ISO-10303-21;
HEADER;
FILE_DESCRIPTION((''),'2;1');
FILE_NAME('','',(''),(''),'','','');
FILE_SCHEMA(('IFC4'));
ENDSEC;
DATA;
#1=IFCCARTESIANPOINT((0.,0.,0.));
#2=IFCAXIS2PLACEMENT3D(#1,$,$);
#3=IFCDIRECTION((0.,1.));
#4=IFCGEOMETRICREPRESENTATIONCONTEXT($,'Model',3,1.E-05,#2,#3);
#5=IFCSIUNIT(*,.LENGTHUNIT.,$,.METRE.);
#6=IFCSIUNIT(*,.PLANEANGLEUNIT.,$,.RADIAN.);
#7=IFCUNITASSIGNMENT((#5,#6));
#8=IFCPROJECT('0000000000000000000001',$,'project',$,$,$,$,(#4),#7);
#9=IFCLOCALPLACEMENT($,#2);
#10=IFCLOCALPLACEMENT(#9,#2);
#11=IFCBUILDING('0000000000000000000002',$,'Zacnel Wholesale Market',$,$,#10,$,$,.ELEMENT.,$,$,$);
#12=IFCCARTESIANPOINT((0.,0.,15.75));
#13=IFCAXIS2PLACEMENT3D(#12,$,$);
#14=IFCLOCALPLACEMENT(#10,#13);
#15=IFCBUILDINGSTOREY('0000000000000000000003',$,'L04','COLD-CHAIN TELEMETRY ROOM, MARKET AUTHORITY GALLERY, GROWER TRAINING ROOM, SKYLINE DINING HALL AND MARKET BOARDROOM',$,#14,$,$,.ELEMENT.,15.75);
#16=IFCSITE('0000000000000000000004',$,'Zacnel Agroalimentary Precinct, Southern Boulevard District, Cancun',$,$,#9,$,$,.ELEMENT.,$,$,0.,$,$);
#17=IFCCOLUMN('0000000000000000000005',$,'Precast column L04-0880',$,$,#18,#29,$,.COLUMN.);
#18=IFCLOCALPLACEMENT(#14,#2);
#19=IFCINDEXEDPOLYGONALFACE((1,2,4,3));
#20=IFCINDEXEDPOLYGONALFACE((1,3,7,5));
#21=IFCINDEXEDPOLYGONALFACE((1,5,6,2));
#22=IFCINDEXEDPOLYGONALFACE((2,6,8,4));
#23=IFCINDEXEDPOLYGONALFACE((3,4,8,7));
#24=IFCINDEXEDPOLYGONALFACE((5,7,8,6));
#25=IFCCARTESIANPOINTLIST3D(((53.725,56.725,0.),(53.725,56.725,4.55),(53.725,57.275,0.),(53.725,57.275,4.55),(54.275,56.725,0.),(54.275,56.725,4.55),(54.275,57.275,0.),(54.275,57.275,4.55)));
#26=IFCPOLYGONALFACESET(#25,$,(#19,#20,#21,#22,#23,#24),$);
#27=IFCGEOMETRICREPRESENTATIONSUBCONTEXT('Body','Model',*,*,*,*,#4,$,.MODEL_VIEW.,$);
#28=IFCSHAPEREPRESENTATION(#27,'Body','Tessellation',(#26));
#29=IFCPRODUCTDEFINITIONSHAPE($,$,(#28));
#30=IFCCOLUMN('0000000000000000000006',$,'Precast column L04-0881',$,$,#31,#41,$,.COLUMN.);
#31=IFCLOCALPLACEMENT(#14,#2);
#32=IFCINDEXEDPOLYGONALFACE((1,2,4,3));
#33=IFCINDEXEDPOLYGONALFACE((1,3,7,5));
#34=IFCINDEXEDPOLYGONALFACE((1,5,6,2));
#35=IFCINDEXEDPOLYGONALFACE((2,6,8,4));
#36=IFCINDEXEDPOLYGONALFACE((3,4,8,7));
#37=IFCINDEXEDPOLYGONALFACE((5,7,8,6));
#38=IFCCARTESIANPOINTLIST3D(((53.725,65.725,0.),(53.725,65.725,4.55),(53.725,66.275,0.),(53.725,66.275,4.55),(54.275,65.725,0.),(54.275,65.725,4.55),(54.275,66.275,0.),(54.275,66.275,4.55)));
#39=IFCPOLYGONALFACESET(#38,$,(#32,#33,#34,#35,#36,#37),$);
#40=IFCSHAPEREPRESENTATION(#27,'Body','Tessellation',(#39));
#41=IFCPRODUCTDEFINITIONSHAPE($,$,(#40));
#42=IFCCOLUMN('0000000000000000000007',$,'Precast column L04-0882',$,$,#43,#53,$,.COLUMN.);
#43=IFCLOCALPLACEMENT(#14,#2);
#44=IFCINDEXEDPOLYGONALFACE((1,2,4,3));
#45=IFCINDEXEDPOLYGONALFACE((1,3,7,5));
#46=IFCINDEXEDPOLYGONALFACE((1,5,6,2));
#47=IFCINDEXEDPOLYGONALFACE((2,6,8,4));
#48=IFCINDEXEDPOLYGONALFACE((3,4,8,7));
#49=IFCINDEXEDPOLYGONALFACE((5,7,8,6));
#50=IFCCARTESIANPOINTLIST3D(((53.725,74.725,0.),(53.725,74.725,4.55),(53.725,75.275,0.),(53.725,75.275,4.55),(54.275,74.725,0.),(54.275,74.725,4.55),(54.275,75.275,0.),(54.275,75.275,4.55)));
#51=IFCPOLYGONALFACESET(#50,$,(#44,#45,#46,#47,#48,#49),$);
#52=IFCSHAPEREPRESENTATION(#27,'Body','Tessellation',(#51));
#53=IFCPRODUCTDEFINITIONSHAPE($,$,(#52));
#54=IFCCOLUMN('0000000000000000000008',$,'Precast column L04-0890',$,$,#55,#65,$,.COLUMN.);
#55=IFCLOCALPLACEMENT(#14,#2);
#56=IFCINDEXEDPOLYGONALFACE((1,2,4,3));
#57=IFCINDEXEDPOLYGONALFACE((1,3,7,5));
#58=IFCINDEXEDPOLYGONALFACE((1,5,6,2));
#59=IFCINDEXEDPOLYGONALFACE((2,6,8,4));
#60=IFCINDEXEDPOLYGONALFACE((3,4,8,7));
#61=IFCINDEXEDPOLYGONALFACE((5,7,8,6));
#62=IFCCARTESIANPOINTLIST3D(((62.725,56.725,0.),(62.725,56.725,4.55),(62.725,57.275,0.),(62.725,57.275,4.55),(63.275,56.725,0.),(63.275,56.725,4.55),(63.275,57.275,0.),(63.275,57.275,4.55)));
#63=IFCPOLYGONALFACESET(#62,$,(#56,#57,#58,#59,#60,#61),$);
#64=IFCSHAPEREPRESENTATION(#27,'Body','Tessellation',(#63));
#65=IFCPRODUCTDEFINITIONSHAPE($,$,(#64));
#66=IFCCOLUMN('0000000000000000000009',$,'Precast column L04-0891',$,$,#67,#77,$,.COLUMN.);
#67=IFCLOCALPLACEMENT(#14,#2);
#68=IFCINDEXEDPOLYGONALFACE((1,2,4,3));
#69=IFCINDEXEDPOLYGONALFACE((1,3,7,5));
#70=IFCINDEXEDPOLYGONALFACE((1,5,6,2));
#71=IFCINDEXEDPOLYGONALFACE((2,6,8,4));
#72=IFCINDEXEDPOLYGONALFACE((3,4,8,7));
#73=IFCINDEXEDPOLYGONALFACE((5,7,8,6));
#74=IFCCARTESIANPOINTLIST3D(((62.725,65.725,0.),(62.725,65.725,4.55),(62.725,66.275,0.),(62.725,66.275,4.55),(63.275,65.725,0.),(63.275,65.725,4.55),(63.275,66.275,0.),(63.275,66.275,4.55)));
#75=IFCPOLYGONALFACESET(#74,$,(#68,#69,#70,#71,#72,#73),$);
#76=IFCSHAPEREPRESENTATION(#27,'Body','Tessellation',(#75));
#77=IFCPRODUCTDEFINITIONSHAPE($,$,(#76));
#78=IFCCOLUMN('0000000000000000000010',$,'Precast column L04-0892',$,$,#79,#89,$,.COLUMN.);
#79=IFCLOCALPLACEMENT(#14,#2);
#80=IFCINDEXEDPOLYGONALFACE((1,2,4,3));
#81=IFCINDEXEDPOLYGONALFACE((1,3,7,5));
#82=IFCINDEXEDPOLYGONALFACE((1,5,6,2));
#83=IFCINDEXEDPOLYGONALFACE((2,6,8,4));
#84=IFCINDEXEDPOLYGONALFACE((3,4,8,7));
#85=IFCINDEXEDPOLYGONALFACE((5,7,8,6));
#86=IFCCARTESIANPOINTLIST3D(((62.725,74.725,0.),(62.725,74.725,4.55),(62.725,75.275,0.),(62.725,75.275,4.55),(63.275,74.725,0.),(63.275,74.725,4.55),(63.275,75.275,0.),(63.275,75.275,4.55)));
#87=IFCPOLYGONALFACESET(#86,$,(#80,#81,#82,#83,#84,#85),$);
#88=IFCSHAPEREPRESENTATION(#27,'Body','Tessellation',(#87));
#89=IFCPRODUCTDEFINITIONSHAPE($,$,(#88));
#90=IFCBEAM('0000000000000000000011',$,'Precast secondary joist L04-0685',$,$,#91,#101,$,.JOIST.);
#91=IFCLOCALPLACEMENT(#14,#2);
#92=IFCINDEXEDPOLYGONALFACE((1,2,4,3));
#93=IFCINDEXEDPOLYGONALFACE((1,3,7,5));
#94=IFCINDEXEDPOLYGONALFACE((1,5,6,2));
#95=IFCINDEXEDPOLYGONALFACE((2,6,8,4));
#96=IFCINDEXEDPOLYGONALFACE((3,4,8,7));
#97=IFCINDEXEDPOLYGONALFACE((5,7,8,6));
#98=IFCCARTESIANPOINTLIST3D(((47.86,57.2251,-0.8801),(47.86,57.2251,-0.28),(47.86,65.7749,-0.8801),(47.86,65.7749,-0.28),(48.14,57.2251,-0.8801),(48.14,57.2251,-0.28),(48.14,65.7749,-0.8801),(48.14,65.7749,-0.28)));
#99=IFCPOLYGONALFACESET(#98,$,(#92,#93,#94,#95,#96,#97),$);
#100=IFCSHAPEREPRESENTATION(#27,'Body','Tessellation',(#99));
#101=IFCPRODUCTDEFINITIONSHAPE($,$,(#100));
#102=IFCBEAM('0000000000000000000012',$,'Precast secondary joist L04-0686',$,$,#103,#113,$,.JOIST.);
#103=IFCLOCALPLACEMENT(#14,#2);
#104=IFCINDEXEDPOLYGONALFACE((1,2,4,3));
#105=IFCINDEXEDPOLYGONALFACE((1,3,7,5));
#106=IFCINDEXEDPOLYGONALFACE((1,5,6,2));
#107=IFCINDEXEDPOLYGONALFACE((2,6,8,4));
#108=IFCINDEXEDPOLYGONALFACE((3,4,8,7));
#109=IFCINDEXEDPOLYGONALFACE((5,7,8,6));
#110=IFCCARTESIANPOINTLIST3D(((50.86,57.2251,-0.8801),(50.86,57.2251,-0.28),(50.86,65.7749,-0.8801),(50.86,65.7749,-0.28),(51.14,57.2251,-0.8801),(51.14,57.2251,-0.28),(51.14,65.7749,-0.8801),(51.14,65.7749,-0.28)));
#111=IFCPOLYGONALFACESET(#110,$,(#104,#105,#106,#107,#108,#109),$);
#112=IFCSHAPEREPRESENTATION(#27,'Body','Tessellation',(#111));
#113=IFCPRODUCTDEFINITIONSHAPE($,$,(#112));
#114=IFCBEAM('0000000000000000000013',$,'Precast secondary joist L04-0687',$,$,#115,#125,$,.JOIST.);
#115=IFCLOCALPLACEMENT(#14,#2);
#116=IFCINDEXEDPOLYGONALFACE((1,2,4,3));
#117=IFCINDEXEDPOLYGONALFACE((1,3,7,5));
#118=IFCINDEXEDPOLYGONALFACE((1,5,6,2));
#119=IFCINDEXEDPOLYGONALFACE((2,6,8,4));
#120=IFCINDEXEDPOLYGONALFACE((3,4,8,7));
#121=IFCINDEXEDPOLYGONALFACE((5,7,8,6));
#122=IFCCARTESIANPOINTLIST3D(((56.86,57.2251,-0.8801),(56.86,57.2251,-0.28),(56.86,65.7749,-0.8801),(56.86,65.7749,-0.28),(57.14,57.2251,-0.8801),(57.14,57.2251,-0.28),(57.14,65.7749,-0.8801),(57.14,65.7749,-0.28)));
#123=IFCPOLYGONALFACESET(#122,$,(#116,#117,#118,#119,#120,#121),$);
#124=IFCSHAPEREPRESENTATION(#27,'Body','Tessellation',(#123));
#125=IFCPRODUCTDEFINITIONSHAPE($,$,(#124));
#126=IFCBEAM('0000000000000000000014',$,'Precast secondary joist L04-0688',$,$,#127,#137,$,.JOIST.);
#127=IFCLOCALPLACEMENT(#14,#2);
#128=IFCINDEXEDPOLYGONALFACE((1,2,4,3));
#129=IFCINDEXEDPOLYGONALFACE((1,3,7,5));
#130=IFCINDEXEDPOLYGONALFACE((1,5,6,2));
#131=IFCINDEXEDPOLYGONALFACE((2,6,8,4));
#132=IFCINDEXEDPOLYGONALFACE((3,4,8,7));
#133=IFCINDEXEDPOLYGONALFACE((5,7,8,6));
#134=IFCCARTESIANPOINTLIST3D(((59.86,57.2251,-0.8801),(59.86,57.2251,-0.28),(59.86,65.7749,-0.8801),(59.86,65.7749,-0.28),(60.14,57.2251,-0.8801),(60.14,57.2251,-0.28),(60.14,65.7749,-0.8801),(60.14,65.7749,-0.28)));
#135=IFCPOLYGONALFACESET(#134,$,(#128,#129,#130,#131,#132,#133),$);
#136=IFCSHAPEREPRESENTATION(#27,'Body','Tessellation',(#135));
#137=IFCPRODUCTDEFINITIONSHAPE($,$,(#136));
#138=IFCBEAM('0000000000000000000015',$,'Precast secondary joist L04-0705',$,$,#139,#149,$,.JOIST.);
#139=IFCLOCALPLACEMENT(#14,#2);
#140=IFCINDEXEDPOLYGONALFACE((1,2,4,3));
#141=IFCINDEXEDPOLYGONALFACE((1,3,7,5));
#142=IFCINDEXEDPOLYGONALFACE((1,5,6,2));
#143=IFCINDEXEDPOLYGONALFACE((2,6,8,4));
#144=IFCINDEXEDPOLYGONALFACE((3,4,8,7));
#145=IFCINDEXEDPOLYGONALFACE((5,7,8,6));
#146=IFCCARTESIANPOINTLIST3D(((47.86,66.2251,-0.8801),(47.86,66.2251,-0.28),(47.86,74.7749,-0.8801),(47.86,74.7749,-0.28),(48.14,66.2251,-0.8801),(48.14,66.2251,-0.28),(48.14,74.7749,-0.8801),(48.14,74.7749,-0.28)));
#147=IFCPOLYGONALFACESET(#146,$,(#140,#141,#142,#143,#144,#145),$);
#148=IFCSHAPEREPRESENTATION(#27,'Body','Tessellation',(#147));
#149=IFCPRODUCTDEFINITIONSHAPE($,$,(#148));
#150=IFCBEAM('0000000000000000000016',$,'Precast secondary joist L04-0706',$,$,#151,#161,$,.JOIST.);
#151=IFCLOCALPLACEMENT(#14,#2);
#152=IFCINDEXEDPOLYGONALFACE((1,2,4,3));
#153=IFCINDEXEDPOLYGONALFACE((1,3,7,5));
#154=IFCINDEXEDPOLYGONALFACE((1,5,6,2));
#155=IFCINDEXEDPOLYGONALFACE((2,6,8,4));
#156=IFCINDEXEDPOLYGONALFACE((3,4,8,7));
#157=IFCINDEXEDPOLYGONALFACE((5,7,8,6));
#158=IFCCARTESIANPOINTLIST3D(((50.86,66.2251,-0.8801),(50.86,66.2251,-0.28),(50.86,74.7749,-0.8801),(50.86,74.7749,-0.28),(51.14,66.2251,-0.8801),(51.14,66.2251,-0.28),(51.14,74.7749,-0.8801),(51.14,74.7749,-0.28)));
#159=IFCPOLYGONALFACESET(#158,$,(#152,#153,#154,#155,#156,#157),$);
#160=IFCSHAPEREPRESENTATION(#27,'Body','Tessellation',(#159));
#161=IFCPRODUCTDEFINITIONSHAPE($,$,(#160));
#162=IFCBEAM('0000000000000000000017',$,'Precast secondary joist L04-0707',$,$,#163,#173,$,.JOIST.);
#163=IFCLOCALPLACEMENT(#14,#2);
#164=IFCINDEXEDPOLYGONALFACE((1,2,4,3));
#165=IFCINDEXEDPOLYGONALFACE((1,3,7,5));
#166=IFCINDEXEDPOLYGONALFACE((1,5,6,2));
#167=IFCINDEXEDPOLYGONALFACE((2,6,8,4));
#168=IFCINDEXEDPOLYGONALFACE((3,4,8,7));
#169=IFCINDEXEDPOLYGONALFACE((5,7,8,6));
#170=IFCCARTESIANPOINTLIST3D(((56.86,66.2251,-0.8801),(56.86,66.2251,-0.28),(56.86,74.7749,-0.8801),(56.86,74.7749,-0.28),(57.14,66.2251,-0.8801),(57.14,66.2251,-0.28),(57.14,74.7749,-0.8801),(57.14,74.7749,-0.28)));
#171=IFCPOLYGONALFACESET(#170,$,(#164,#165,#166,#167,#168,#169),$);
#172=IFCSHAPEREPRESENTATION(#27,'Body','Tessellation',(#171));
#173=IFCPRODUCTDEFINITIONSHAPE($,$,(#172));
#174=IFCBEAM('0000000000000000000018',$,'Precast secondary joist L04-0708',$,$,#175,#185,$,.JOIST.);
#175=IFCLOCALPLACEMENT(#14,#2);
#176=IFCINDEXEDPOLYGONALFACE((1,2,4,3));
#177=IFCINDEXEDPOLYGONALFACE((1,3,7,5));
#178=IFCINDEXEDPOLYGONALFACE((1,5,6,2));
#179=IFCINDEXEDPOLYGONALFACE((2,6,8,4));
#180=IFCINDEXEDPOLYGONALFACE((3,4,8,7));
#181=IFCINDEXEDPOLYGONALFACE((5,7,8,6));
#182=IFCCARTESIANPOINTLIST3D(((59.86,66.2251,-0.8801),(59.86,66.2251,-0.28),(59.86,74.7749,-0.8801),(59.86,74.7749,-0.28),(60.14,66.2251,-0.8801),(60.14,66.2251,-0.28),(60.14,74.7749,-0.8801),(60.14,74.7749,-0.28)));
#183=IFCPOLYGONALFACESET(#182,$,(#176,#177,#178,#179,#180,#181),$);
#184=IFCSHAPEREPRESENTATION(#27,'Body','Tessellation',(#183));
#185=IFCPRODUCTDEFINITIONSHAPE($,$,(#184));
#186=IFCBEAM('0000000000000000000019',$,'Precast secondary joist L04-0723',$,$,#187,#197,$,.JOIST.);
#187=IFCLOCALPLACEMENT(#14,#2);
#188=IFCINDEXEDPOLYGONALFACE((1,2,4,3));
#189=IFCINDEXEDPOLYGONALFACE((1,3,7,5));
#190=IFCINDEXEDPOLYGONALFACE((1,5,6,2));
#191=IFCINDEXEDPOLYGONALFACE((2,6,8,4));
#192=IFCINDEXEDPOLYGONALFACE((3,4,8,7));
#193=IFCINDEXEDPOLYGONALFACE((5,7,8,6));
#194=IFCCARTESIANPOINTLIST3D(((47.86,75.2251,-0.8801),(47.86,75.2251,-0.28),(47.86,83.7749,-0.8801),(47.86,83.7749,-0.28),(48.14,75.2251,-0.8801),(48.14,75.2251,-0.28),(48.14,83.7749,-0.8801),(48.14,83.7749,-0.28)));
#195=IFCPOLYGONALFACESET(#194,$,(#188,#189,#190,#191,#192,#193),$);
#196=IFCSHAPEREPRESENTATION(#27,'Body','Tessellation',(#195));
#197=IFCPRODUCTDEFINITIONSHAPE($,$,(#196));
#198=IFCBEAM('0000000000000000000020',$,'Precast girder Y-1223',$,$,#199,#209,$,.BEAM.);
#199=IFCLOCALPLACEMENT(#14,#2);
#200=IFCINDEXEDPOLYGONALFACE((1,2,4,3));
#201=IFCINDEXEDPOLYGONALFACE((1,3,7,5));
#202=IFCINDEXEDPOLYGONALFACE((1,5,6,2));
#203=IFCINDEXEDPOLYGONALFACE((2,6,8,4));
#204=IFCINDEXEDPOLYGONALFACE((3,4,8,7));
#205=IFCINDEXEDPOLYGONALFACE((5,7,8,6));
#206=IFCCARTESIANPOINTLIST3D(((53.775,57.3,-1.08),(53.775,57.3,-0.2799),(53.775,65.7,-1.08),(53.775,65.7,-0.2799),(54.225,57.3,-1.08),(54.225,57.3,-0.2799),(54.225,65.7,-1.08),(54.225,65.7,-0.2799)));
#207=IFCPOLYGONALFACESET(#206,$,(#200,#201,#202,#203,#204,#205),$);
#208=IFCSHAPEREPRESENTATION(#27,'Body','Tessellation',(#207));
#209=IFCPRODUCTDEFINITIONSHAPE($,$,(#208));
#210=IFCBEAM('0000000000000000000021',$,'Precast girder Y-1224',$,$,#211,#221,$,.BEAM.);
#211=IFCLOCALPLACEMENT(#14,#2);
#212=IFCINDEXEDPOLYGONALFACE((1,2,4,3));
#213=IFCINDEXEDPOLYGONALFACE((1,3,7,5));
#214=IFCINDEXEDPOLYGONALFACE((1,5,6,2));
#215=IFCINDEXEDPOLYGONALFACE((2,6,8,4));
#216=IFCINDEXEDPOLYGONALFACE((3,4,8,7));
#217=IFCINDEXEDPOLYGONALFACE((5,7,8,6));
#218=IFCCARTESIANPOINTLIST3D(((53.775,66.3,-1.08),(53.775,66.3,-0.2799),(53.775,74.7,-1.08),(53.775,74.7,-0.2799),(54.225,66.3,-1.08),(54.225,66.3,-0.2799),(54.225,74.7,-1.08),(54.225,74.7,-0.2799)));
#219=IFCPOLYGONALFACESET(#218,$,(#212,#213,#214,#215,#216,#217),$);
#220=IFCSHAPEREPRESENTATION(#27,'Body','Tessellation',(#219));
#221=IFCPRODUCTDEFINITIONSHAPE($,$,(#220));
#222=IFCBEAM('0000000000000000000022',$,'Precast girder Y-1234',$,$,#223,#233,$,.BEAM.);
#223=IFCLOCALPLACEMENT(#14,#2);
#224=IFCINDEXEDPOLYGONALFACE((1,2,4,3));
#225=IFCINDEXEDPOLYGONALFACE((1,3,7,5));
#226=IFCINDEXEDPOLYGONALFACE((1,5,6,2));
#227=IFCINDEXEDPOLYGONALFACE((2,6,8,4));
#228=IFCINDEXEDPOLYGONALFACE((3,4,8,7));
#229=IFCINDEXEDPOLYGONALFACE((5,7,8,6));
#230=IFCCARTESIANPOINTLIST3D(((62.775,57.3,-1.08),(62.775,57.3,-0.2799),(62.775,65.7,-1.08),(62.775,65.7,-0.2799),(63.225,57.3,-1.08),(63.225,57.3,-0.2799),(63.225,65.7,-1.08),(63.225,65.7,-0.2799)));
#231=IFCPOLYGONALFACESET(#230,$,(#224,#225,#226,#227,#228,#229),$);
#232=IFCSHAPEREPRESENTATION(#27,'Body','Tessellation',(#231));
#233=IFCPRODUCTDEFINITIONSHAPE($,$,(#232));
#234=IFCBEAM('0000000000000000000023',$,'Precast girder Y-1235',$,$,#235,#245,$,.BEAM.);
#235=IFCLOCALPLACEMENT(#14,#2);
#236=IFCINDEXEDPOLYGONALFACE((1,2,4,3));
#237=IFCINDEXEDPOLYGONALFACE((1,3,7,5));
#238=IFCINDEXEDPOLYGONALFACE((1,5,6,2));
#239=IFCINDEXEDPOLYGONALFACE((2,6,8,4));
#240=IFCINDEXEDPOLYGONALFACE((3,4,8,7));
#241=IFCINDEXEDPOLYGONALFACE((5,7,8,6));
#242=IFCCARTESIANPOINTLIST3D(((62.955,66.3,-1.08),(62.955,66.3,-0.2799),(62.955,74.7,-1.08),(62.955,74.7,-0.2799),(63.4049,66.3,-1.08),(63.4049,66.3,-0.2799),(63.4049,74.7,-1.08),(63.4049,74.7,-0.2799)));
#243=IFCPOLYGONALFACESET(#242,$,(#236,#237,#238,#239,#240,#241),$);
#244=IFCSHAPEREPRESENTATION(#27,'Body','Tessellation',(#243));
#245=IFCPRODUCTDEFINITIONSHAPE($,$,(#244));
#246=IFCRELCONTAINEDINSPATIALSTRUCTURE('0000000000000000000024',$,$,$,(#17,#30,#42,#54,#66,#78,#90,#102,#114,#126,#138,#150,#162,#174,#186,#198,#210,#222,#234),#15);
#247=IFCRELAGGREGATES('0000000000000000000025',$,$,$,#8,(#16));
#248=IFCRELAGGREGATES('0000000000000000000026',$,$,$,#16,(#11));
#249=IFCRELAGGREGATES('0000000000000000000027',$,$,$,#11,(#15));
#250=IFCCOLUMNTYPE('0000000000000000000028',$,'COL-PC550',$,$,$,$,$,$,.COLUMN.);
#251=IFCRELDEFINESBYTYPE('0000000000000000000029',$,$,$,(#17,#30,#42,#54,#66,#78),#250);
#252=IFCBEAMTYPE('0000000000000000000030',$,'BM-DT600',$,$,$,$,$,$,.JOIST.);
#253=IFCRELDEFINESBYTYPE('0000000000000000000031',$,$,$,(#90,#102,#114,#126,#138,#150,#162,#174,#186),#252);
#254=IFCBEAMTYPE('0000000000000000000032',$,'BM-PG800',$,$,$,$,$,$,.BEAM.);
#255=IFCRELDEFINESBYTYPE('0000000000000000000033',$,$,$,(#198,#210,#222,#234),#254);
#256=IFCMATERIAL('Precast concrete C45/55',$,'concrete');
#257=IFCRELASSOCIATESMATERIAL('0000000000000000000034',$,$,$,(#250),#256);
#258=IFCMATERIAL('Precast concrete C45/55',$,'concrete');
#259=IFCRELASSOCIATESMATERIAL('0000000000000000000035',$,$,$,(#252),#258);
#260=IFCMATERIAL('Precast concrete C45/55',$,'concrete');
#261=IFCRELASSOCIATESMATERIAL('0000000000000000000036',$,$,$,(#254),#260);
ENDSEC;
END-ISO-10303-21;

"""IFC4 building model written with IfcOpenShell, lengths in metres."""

from ifc_helpers import new_model, si_unit, direction, frame, origin, origin_2d, place, context, subcontext, project, spatial, rectangle, extrude, material, material_profile, profile_set, type_object, element, save


model = new_model("IFC4")

# Units and contexts
model_context = context("Model", 3, precision=1e-05, world=origin(), true_north=direction((0.0, 1.0)))
body_context = subcontext(model_context, "Body", "Model", "MODEL_VIEW")
ifc_project = project(units=[si_unit("LENGTHUNIT", "METRE"), si_unit("PLANEANGLEUNIT", "RADIAN")], contexts=[model_context])

# Site, building, storey
site_placement = place(None, origin())
site = spatial("IfcSite", under=ifc_project, at=site_placement, Name="Zacnel Agroalimentary Precinct, Southern Boulevard District, Cancun", CompositionType="ELEMENT", RefElevation=0.0)
building_placement = place(site_placement, origin())
building = spatial("IfcBuilding", under=site, at=building_placement, Name="Zacnel Wholesale Market", CompositionType="ELEMENT")
storey_placement = place(building_placement, frame((0.0, 0.0, 15.75)))
storey = spatial("IfcBuildingStorey", under=building, at=storey_placement, Name="L04", Description="COLD-CHAIN TELEMETRY ROOM, MARKET AUTHORITY GALLERY, GROWER TRAINING ROOM, SKYLINE DINING HALL AND MARKET BOARDROOM", CompositionType="ELEMENT", Elevation=15.75)

# Columns
ifc_material_1 = material(Name="Precast concrete C45/55", Category="concrete")
ifc_material_profile_1 = material_profile(ifc_material_1, rectangle(XDim=0.55, YDim=0.55, at=origin_2d()), Name="PC 550x550")
ifc_profile_set_1 = profile_set([ifc_material_profile_1], Name="Precast concrete C45/55")
column_type = type_object("IfcColumnType", Name="COL-PC550", PredefinedType="COLUMN", material=ifc_profile_set_1)
for number, where, z_axis, x_axis, name in (
    (1, (54.0, 57.0, 0.0), (0.0, 0.0, 1.0), (1.0, 0.0, 0.0), "Precast column L04-0880"),
    (2, (54.0, 66.0, 0.0), (0.0, 0.0, 1.0), (1.0, 0.0, 0.0), "Precast column L04-0881"),
    (3, (54.0, 75.0, 0.0), (0.0, 0.0, 1.0), (1.0, 0.0, 0.0), "Precast column L04-0882"),
    (4, (63.0, 57.0, 0.0), (0.0, 0.0, 1.0), (1.0, 0.0, 0.0), "Precast column L04-0890"),
    (5, (63.0, 66.0, 0.0), (0.0, 0.0, 1.0), (1.0, 0.0, 0.0), "Precast column L04-0891"),
    (6, (63.0, 75.0, 0.0), (0.0, 0.0, 1.0), (1.0, 0.0, 0.0), "Precast column L04-0892"),
):
    element("IfcColumn", number, at=place(storey_placement, frame(where, z_axis=z_axis, x_axis=x_axis)), inside=storey, type_object=column_type, Name=name, PredefinedType="COLUMN", context=body_context, shape_type="SweptSolid", body=[
        extrude(rectangle(XDim=0.55, YDim=0.55, at=origin_2d()), origin(), (0.0, 0.0, 1.0), 4.55),
    ])

# Beams
ifc_material_2 = material(Name="Precast concrete C45/55", Category="concrete")
ifc_material_profile_2 = material_profile(ifc_material_2, rectangle(XDim=0.28, YDim=0.6001, at=origin_2d()), Name="DT RIB 280x600")
ifc_profile_set_2 = profile_set([ifc_material_profile_2], Name="Precast concrete C45/55")
beam_type_1 = type_object("IfcBeamType", Name="BM-DT600", PredefinedType="JOIST", material=ifc_profile_set_2)
for number, where, z_axis, x_axis, name in (
    (7, (48.0, 57.2251, -0.5801), (0.0, 1.0, 0.0), (-1.0, 0.0, 0.0), "Precast secondary joist L04-0685"),
    (8, (51.0, 57.2251, -0.5801), (0.0, 1.0, 0.0), (-1.0, 0.0, 0.0), "Precast secondary joist L04-0686"),
    (9, (57.0, 57.2251, -0.5801), (0.0, 1.0, 0.0), (-1.0, 0.0, 0.0), "Precast secondary joist L04-0687"),
    (10, (60.0, 57.2251, -0.5801), (0.0, 1.0, 0.0), (-1.0, 0.0, 0.0), "Precast secondary joist L04-0688"),
    (11, (48.0, 66.2251, -0.5801), (0.0, 1.0, 0.0), (-1.0, 0.0, 0.0), "Precast secondary joist L04-0705"),
    (12, (51.0, 66.2251, -0.5801), (0.0, 1.0, 0.0), (-1.0, 0.0, 0.0), "Precast secondary joist L04-0706"),
    (13, (57.0, 66.2251, -0.5801), (0.0, 1.0, 0.0), (-1.0, 0.0, 0.0), "Precast secondary joist L04-0707"),
    (14, (60.0, 66.2251, -0.5801), (0.0, 1.0, 0.0), (-1.0, 0.0, 0.0), "Precast secondary joist L04-0708"),
    (15, (48.0, 75.2251, -0.5801), (0.0, 1.0, 0.0), (-1.0, 0.0, 0.0), "Precast secondary joist L04-0723"),
):
    element("IfcBeam", number, at=place(storey_placement, frame(where, z_axis=z_axis, x_axis=x_axis)), inside=storey, type_object=beam_type_1, Name=name, PredefinedType="JOIST", context=body_context, shape_type="SweptSolid", body=[
        extrude(rectangle(XDim=0.28, YDim=0.6001, at=origin_2d()), origin(), (0.0, 0.0, 1.0), 8.5498),
    ])
ifc_material_3 = material(Name="Precast concrete C45/55", Category="concrete")
ifc_material_profile_3 = material_profile(ifc_material_3, rectangle(XDim=0.45, YDim=0.8, at=origin_2d()), Name="PG 450x800")
ifc_profile_set_3 = profile_set([ifc_material_profile_3], Name="Precast concrete C45/55")
beam_type_2 = type_object("IfcBeamType", Name="BM-PG800", PredefinedType="BEAM", material=ifc_profile_set_3)
for number, where, z_axis, x_axis, name in (
    (16, (54.0, 57.3, -0.6799), (0.0, 1.0, 0.0), (-1.0, 0.0, 0.0), "Precast girder Y-1223"),
    (17, (54.0, 66.3, -0.6799), (0.0, 1.0, 0.0), (-1.0, 0.0, 0.0), "Precast girder Y-1224"),
    (18, (63.0, 57.3, -0.6799), (0.0, 1.0, 0.0), (-1.0, 0.0, 0.0), "Precast girder Y-1234"),
    (19, (63.1799, 66.3, -0.6799), (0.0, 1.0, 0.0), (-1.0, 0.0, 0.0), "Precast girder Y-1235"),
):
    element("IfcBeam", number, at=place(storey_placement, frame(where, z_axis=z_axis, x_axis=x_axis)), inside=storey, type_object=beam_type_2, Name=name, PredefinedType="BEAM", context=body_context, shape_type="SweptSolid", body=[
        extrude(rectangle(XDim=0.45, YDim=0.8, at=origin_2d()), origin(), (0.0, 0.0, 1.0), 8.3999),
    ])

save(model, "model.ifc")
